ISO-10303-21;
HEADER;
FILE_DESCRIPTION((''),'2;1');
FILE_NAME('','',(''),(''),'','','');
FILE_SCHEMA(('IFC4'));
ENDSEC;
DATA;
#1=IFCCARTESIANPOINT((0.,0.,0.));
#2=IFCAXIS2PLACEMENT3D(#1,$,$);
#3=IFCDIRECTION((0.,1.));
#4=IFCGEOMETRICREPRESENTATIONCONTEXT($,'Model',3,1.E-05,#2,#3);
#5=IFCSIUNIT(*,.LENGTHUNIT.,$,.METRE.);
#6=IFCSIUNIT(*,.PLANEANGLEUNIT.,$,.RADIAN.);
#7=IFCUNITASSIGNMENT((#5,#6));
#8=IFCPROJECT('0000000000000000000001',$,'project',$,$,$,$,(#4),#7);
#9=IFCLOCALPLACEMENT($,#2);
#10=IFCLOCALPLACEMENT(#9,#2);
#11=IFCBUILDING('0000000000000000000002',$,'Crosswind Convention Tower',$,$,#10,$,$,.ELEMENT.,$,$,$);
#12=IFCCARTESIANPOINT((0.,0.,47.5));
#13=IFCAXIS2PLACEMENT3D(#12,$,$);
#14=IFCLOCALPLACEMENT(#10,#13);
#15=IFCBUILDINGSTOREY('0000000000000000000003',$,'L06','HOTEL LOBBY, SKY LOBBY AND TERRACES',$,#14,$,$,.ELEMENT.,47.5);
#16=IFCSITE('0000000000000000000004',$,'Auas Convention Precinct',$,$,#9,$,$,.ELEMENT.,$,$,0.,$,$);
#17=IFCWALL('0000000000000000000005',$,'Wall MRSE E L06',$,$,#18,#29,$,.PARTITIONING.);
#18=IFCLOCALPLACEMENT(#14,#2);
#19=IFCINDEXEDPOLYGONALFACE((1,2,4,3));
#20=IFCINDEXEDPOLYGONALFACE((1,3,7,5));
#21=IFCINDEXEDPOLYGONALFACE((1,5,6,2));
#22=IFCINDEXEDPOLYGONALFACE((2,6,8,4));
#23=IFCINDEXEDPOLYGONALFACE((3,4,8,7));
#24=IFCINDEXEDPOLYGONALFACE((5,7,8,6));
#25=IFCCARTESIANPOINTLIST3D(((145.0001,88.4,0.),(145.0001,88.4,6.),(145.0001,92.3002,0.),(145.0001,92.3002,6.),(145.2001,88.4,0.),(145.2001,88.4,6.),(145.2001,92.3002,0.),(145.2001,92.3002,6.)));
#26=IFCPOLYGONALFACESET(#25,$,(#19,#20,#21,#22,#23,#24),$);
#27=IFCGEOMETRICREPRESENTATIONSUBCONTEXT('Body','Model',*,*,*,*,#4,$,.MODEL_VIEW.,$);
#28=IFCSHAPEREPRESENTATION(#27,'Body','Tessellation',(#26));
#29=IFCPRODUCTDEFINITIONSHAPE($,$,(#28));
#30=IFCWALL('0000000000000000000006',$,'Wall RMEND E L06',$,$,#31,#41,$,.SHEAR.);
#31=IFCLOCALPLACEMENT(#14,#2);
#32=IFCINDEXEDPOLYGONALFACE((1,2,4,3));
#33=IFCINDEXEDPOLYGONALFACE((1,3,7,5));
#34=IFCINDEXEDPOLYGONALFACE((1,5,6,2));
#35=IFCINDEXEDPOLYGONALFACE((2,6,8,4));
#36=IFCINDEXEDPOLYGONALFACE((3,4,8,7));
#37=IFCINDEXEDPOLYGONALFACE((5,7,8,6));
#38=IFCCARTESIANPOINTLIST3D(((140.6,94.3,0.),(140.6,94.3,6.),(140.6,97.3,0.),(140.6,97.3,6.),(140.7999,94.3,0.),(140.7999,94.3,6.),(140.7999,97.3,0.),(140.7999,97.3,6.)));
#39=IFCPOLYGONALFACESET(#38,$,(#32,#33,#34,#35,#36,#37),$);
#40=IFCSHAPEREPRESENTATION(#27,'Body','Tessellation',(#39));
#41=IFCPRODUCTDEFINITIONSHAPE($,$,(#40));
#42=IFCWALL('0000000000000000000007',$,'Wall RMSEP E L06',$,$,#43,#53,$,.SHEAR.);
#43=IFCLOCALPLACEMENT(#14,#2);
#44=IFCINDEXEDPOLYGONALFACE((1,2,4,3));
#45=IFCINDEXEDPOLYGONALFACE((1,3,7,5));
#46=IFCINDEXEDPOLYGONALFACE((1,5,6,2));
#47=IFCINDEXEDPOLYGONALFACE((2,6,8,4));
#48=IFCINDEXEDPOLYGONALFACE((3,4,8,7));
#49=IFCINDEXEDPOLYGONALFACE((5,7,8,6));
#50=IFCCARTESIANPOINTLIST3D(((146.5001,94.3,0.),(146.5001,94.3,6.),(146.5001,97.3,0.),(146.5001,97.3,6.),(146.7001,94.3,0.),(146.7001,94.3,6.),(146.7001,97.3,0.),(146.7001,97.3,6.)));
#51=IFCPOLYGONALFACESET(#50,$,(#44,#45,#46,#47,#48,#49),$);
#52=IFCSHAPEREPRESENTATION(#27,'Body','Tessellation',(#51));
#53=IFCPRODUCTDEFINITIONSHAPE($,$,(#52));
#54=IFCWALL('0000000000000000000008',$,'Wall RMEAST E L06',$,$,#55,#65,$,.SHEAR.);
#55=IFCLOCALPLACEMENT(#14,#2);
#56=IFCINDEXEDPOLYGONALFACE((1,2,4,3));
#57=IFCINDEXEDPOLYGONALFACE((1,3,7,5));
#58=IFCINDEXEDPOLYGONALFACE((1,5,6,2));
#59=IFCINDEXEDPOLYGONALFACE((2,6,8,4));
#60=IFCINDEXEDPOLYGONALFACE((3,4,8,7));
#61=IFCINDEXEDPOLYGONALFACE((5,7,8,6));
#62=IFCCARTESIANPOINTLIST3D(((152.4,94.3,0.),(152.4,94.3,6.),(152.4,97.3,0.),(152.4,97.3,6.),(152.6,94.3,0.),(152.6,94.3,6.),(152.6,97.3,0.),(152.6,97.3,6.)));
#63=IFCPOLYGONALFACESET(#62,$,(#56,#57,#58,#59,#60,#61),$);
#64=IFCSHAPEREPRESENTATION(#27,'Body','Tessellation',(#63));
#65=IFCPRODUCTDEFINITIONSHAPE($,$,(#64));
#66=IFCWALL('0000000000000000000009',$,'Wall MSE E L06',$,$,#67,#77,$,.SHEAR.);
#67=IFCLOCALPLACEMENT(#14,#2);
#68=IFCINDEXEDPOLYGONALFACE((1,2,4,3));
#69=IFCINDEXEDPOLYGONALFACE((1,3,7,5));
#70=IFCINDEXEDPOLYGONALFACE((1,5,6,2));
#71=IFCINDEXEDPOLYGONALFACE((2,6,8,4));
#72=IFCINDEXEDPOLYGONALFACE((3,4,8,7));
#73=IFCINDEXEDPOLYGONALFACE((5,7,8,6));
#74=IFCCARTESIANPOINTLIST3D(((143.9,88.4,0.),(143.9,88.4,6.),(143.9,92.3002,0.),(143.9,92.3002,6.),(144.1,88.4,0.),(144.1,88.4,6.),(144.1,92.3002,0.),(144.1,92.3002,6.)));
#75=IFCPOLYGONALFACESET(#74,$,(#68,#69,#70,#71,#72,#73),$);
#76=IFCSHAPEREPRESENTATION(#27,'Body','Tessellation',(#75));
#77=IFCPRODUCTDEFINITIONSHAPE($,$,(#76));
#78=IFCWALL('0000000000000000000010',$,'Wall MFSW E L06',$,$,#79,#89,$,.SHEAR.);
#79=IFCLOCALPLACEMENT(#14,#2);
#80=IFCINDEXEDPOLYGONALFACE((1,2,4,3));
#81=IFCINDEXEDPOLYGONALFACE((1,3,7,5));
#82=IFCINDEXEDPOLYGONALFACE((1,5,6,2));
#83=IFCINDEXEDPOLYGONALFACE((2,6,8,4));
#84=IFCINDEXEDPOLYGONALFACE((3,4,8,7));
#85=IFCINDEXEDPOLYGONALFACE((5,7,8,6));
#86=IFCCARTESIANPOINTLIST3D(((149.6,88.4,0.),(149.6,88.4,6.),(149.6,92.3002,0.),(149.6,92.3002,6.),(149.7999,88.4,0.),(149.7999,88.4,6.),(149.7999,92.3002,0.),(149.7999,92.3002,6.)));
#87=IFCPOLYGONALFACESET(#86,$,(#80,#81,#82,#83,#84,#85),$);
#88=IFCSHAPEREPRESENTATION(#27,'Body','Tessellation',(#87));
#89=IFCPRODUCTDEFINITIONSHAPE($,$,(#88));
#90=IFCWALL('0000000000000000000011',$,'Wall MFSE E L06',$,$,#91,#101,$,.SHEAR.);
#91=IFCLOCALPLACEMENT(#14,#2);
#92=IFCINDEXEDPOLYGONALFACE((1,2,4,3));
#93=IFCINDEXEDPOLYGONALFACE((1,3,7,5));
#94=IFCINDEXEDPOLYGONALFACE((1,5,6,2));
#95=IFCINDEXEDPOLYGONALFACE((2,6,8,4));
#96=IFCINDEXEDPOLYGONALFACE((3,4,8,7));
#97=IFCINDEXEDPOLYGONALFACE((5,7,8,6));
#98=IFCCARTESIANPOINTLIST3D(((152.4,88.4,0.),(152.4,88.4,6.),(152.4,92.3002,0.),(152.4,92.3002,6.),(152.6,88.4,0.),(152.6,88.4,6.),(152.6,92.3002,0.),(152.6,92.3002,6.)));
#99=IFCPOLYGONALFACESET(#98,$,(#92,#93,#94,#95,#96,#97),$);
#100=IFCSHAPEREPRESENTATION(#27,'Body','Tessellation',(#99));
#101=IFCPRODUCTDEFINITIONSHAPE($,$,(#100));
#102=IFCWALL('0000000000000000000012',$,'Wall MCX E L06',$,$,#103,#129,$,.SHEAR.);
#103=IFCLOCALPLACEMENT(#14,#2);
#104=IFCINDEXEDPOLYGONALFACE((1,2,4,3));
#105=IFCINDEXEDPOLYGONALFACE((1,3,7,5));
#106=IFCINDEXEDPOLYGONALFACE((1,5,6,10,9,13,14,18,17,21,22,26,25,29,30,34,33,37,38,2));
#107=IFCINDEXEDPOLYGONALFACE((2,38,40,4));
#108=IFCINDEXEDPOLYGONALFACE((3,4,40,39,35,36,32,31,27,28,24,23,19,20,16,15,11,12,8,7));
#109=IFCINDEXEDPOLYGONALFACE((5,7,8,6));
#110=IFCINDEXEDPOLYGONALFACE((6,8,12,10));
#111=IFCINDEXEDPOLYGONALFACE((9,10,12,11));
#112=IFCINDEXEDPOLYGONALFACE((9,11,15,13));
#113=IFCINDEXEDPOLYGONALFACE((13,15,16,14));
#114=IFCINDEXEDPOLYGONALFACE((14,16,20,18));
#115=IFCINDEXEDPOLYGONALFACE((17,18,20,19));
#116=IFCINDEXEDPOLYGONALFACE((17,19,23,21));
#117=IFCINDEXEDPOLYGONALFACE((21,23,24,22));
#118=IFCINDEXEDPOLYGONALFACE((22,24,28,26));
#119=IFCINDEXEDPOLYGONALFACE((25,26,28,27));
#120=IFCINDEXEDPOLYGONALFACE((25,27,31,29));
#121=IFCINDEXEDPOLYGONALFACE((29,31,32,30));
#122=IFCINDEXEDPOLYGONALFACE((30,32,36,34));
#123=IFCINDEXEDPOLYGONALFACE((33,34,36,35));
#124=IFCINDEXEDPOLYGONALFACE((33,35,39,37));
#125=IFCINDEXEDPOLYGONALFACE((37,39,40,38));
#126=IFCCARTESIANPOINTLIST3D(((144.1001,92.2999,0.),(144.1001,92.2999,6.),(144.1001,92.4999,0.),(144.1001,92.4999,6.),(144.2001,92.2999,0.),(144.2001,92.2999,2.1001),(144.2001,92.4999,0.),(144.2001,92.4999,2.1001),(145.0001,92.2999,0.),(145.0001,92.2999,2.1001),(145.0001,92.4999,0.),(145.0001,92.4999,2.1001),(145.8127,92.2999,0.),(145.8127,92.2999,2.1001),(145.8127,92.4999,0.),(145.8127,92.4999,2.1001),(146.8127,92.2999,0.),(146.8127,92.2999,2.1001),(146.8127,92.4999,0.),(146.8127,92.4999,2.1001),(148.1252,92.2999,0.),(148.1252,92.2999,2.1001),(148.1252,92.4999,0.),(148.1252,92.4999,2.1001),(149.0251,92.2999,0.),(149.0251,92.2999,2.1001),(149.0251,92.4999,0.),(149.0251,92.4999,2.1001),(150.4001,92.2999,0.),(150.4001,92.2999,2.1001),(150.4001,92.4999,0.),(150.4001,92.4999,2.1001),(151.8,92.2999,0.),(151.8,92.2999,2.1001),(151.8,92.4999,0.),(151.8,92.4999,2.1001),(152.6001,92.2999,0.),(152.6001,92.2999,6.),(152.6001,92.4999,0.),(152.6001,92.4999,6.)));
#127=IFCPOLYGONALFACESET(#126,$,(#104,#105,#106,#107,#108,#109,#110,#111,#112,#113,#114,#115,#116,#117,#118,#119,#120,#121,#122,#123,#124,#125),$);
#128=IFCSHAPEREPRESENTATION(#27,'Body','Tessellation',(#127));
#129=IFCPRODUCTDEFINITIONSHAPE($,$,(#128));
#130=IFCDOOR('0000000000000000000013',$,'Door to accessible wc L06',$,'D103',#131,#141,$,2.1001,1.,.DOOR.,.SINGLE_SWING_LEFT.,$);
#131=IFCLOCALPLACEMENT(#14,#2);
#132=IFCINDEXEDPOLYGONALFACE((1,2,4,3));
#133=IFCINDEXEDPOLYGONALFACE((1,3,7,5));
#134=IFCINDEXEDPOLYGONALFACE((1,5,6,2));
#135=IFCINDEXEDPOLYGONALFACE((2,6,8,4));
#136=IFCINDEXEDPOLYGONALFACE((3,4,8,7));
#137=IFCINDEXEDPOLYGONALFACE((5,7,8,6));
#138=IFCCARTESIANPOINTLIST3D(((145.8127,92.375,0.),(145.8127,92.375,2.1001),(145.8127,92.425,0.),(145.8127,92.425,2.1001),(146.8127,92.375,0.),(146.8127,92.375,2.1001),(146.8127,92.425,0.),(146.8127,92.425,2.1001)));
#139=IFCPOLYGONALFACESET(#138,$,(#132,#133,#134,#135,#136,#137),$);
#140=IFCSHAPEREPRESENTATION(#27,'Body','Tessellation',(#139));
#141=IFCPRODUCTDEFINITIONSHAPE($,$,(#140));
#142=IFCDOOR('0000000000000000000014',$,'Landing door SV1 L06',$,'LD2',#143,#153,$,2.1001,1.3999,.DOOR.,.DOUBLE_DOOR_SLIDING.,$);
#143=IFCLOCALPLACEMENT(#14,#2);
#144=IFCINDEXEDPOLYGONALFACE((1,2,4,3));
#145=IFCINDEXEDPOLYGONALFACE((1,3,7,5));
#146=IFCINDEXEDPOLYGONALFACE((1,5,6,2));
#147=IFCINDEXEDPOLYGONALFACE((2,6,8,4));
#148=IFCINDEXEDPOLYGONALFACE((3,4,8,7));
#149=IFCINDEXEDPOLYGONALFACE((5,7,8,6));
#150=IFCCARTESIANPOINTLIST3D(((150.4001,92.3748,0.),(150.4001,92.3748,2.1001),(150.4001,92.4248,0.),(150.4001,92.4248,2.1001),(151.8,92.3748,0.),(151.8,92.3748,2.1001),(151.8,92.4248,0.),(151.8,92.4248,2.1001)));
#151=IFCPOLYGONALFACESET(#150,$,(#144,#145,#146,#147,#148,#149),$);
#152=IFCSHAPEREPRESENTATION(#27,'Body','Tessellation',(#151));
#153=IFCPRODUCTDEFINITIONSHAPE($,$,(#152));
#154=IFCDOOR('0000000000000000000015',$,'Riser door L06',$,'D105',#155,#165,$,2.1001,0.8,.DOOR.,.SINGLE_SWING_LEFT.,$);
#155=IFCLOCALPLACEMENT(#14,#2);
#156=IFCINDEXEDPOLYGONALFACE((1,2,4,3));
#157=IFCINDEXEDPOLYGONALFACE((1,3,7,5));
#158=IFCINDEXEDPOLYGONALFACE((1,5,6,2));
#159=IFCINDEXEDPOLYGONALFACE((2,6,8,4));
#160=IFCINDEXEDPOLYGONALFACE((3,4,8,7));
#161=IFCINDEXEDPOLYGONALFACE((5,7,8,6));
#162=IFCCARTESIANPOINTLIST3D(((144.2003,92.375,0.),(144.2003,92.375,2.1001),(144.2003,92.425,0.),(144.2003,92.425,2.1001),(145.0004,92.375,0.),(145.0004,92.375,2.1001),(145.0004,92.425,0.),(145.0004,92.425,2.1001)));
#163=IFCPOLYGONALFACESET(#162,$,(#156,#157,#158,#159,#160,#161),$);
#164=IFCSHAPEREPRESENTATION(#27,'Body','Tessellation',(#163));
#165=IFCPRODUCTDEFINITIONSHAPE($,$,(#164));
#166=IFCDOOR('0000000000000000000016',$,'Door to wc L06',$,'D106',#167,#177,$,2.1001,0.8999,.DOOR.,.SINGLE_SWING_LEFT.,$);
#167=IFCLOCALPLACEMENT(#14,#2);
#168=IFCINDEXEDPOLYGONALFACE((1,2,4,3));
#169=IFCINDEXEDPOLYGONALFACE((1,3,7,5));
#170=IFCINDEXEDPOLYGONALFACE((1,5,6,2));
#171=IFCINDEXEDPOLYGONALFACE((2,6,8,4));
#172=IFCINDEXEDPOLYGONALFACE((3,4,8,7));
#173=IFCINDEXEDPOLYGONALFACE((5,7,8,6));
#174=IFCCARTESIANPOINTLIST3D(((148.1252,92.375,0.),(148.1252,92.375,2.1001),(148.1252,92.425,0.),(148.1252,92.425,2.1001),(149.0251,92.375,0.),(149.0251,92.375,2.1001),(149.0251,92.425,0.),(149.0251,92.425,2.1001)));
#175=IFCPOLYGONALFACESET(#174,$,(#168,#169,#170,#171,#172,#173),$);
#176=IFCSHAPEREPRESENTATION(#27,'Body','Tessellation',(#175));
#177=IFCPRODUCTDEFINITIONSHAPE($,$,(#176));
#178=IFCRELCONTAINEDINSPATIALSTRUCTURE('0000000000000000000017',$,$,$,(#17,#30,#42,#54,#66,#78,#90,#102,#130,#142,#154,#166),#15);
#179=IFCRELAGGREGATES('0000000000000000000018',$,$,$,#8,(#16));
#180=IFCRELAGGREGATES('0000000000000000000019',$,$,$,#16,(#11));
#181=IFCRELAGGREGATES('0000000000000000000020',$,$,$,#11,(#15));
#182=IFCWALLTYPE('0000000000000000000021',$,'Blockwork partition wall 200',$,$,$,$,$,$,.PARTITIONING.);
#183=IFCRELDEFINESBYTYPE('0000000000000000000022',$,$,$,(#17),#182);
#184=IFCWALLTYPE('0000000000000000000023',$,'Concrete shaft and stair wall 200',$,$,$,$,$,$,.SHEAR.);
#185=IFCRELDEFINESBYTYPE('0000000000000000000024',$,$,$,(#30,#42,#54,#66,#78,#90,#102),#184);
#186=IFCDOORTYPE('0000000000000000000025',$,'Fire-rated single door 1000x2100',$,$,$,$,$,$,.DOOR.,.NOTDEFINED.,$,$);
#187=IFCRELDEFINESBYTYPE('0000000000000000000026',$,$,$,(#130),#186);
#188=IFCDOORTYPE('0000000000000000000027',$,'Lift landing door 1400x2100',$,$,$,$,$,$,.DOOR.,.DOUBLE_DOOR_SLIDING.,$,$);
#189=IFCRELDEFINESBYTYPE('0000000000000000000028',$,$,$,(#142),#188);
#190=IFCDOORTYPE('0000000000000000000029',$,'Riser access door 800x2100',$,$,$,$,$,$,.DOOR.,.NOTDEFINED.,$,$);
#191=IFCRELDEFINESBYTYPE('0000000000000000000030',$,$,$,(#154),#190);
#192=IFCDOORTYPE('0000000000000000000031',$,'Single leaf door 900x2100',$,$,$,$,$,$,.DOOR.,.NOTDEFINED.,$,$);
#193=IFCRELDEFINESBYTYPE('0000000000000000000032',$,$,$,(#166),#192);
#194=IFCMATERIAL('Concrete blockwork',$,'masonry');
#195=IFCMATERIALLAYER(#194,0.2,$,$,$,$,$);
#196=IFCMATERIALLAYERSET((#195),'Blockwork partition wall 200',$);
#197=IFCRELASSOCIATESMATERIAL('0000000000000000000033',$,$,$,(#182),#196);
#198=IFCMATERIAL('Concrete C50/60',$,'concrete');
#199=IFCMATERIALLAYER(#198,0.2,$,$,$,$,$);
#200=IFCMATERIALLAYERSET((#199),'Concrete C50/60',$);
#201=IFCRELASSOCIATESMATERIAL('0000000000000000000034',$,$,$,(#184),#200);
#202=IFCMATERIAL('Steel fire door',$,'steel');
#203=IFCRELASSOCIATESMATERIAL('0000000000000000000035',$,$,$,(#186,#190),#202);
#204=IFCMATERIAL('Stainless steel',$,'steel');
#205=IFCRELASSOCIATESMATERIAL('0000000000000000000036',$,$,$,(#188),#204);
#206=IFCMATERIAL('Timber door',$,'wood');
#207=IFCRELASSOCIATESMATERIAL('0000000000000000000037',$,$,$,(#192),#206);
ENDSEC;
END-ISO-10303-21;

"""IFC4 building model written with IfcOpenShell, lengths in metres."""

from ifc_helpers import new_model, si_unit, direction, frame, frame_2d, origin, place, context, subcontext, project, spatial, rectangle, extrude, material, layer, layer_set, type_object, element, fill, save


model = new_model("IFC4")

# Units and contexts
model_context = context("Model", 3, precision=1e-05, world=origin(), true_north=direction((0.0, 1.0)))
body_context = subcontext(model_context, "Body", "Model", "MODEL_VIEW")
ifc_project = project(units=[si_unit("LENGTHUNIT", "METRE"), si_unit("PLANEANGLEUNIT", "RADIAN")], contexts=[model_context])

# Site, building, storey
site_placement = place(None, origin())
site = spatial("IfcSite", under=ifc_project, at=site_placement, Name="Auas Convention Precinct", CompositionType="ELEMENT", RefElevation=0.0)
building_placement = place(site_placement, origin())
building = spatial("IfcBuilding", under=site, at=building_placement, Name="Crosswind Convention Tower", CompositionType="ELEMENT")
storey_placement = place(building_placement, frame((0.0, 0.0, 47.5)))
storey = spatial("IfcBuildingStorey", under=building, at=storey_placement, Name="L06", Description="HOTEL LOBBY, SKY LOBBY AND TERRACES", CompositionType="ELEMENT", Elevation=47.5)

# Walls
ifc_material_1 = material(Name="Concrete blockwork", Category="masonry")
ifc_layer_1 = layer(ifc_material_1, 0.2)
ifc_layer_set_1 = layer_set([ifc_layer_1], Name="Blockwork partition wall 200")
wall_type_1 = type_object("IfcWallType", Name="Blockwork partition wall 200", PredefinedType="PARTITIONING", material=ifc_layer_set_1)
wall_1_placement = place(storey_placement, frame((145.1001, 88.3999, 0.0), z_axis=(0.0, 0.0, 1.0), x_axis=(0.0, 1.0, 0.0)))
element("IfcWall", 1, at=wall_1_placement, inside=storey, type_object=wall_type_1, Name="Wall MRSE E L06", PredefinedType="PARTITIONING", context=body_context, shape_type="SweptSolid", body=[
    extrude(rectangle(XDim=3.9001, YDim=0.2, at=frame_2d((1.9502, 0.0))), origin(), (0.0, 0.0, 1.0), 6.0),
])
ifc_material_2 = material(Name="Concrete C50/60", Category="concrete")
ifc_layer_2 = layer(ifc_material_2, 0.2)
ifc_layer_set_2 = layer_set([ifc_layer_2], Name="Concrete C50/60")
wall_type_2 = type_object("IfcWallType", Name="Concrete shaft and stair wall 200", PredefinedType="SHEAR", material=ifc_layer_set_2)
for number, where, z_axis, x_axis, name in (
    (2, (140.7, 94.3, 0.0), (0.0, 0.0, 1.0), (0.0, 1.0, 0.0), "Wall RMEND E L06"),
    (3, (146.6001, 94.3, 0.0), (0.0, 0.0, 1.0), (0.0, 1.0, 0.0), "Wall RMSEP E L06"),
    (4, (152.5, 94.3, 0.0), (0.0, 0.0, 1.0), (0.0, 1.0, 0.0), "Wall RMEAST E L06"),
):
    element("IfcWall", number, at=place(storey_placement, frame(where, z_axis=z_axis, x_axis=x_axis)), inside=storey, type_object=wall_type_2, Name=name, PredefinedType="SHEAR", context=body_context, shape_type="SweptSolid", body=[
        extrude(rectangle(XDim=3.0, YDim=0.2, at=frame_2d((1.5, 0.0))), origin(), (0.0, 0.0, 1.0), 6.0),
    ])
for number, where, z_axis, x_axis, name in (
    (5, (144.0, 88.3999, 0.0), (0.0, 0.0, 1.0), (0.0, 1.0, 0.0), "Wall MSE E L06"),
    (6, (149.7, 88.3999, 0.0), (0.0, 0.0, 1.0), (0.0, 1.0, 0.0), "Wall MFSW E L06"),
    (7, (152.5, 88.3999, 0.0), (0.0, 0.0, 1.0), (0.0, 1.0, 0.0), "Wall MFSE E L06"),
):
    element("IfcWall", number, at=place(storey_placement, frame(where, z_axis=z_axis, x_axis=x_axis)), inside=storey, type_object=wall_type_2, Name=name, PredefinedType="SHEAR", context=body_context, shape_type="SweptSolid", body=[
        extrude(rectangle(XDim=3.9001, YDim=0.2, at=frame_2d((1.9502, 0.0))), origin(), (0.0, 0.0, 1.0), 6.0),
    ])

# Wall, openings, doors
wall_2_placement = place(storey_placement, frame((144.1001, 92.3999, 0.0), z_axis=(0.0, 0.0, 1.0), x_axis=(1.0, 0.0, 0.0)))
wall_2 = element("IfcWall", 8, at=wall_2_placement, inside=storey, type_object=wall_type_2, Name="Wall MCX E L06", PredefinedType="SHEAR", context=body_context, shape_type="SweptSolid", body=[
    extrude(rectangle(XDim=8.5, YDim=0.2, at=frame_2d((4.25, 0.0))), origin(), (0.0, 0.0, 1.0), 6.0),
])
opening_1_placement = place(wall_2_placement, frame((0.1001, 0.0, 0.0)))
opening_1 = element("IfcOpeningElement", 9, at=opening_1_placement, cuts=wall_2, PredefinedType="OPENING", context=body_context, shape_type="SweptSolid", body=[
    extrude(rectangle(XDim=0.8, YDim=2.1001, at=frame_2d((0.3999, 1.05))), frame((0.0, 0.1099, 0.0), z_axis=(0.0, -1.0, 0.0), x_axis=(1.0, 0.0, 0.0)), (0.0, 0.0, 1.0), 0.22),
])
opening_2_placement = place(wall_2_placement, frame((1.7126, 0.0, 0.0)))
opening_2 = element("IfcOpeningElement", 10, at=opening_2_placement, cuts=wall_2, PredefinedType="OPENING", context=body_context, shape_type="SweptSolid", body=[
    extrude(rectangle(XDim=1.0, YDim=2.1001, at=frame_2d((0.5, 1.05))), frame((0.0, 0.1099, 0.0), z_axis=(0.0, -1.0, 0.0), x_axis=(1.0, 0.0, 0.0)), (0.0, 0.0, 1.0), 0.22),
])
opening_3_placement = place(wall_2_placement, frame((4.0251, 0.0, 0.0)))
opening_3 = element("IfcOpeningElement", 11, at=opening_3_placement, cuts=wall_2, PredefinedType="OPENING", context=body_context, shape_type="SweptSolid", body=[
    extrude(rectangle(XDim=0.8999, YDim=2.1001, at=frame_2d((0.45, 1.05))), frame((0.0, 0.1099, 0.0), z_axis=(0.0, -1.0, 0.0), x_axis=(1.0, 0.0, 0.0)), (0.0, 0.0, 1.0), 0.22),
])
opening_4_placement = place(wall_2_placement, frame((6.3, 0.0, 0.0)))
opening_4 = element("IfcOpeningElement", 12, at=opening_4_placement, cuts=wall_2, PredefinedType="OPENING", context=body_context, shape_type="SweptSolid", body=[
    extrude(rectangle(XDim=1.3999, YDim=2.1001, at=frame_2d((0.7, 1.05))), frame((0.0, 0.1099, 0.0), z_axis=(0.0, -1.0, 0.0), x_axis=(1.0, 0.0, 0.0)), (0.0, 0.0, 1.0), 0.22),
])
ifc_material_3 = material(Name="Steel fire door", Category="steel")
door_type_1 = type_object("IfcDoorType", Name="Fire-rated single door 1000x2100", OperationType="NOTDEFINED", PredefinedType="DOOR", material=ifc_material_3)
door_1_placement = place(opening_2_placement, frame((1.0, 0.0, 0.0), z_axis=(0.0, 0.0, 1.0), x_axis=(-1.0, 0.0, 0.0)))
door_1 = element("IfcDoor", 13, at=door_1_placement, inside=storey, type_object=door_type_1, Name="Door to accessible wc L06", ObjectType="D103", OperationType="SINGLE_SWING_LEFT", OverallHeight=2.1001, OverallWidth=1.0, PredefinedType="DOOR", context=body_context, shape_type="SweptSolid", body=[
    extrude(rectangle(XDim=1.0, YDim=2.1001, at=frame_2d((0.5, 1.05))), frame((0.0, 0.0249, 0.0), z_axis=(0.0, -1.0, 0.0), x_axis=(1.0, 0.0, 0.0)), (0.0, 0.0, 1.0), 0.05),
])
fill(opening_2, door_1)
ifc_material_4 = material(Name="Stainless steel", Category="steel")
door_type_2 = type_object("IfcDoorType", Name="Lift landing door 1400x2100", OperationType="DOUBLE_DOOR_SLIDING", PredefinedType="DOOR", material=ifc_material_4)
door_2_placement = place(opening_4_placement, origin())
door_2 = element("IfcDoor", 14, at=door_2_placement, inside=storey, type_object=door_type_2, Name="Landing door SV1 L06", ObjectType="LD2", OperationType="DOUBLE_DOOR_SLIDING", OverallHeight=2.1001, OverallWidth=1.3999, PredefinedType="DOOR", context=body_context, shape_type="SweptSolid", body=[
    extrude(rectangle(XDim=1.3999, YDim=2.1001, at=frame_2d((0.7, 1.05))), frame((0.0, 0.0249, 0.0), z_axis=(0.0, -1.0, 0.0), x_axis=(1.0, 0.0, 0.0)), (0.0, 0.0, 1.0), 0.05),
])
fill(opening_4, door_2)
door_type_3 = type_object("IfcDoorType", Name="Riser access door 800x2100", OperationType="NOTDEFINED", PredefinedType="DOOR", material=ifc_material_3)
door_3_placement = place(opening_1_placement, frame((0.8, 0.0, 0.0), z_axis=(0.0, 0.0, 1.0), x_axis=(-1.0, 0.0, 0.0)))
door_3 = element("IfcDoor", 15, at=door_3_placement, inside=storey, type_object=door_type_3, Name="Riser door L06", ObjectType="D105", OperationType="SINGLE_SWING_LEFT", OverallHeight=2.1001, OverallWidth=0.8, PredefinedType="DOOR", context=body_context, shape_type="SweptSolid", body=[
    extrude(rectangle(XDim=0.8, YDim=2.1001, at=frame_2d((0.3999, 1.05))), frame((0.0, 0.0249, 0.0), z_axis=(0.0, -1.0, 0.0), x_axis=(1.0, 0.0, 0.0)), (0.0, 0.0, 1.0), 0.05),
])
fill(opening_1, door_3)
ifc_material_5 = material(Name="Timber door", Category="wood")
door_type_4 = type_object("IfcDoorType", Name="Single leaf door 900x2100", OperationType="NOTDEFINED", PredefinedType="DOOR", material=ifc_material_5)
door_4_placement = place(opening_3_placement, frame((0.8999, 0.0, 0.0), z_axis=(0.0, 0.0, 1.0), x_axis=(-1.0, 0.0, 0.0)))
door_4 = element("IfcDoor", 16, at=door_4_placement, inside=storey, type_object=door_type_4, Name="Door to wc L06", ObjectType="D106", OperationType="SINGLE_SWING_LEFT", OverallHeight=2.1001, OverallWidth=0.8999, PredefinedType="DOOR", context=body_context, shape_type="SweptSolid", body=[
    extrude(rectangle(XDim=0.8999, YDim=2.1001, at=frame_2d((0.45, 1.05))), frame((0.0, 0.0249, 0.0), z_axis=(0.0, -1.0, 0.0), x_axis=(1.0, 0.0, 0.0)), (0.0, 0.0, 1.0), 0.05),
])
fill(opening_3, door_4)

save(model, "model.ifc")
